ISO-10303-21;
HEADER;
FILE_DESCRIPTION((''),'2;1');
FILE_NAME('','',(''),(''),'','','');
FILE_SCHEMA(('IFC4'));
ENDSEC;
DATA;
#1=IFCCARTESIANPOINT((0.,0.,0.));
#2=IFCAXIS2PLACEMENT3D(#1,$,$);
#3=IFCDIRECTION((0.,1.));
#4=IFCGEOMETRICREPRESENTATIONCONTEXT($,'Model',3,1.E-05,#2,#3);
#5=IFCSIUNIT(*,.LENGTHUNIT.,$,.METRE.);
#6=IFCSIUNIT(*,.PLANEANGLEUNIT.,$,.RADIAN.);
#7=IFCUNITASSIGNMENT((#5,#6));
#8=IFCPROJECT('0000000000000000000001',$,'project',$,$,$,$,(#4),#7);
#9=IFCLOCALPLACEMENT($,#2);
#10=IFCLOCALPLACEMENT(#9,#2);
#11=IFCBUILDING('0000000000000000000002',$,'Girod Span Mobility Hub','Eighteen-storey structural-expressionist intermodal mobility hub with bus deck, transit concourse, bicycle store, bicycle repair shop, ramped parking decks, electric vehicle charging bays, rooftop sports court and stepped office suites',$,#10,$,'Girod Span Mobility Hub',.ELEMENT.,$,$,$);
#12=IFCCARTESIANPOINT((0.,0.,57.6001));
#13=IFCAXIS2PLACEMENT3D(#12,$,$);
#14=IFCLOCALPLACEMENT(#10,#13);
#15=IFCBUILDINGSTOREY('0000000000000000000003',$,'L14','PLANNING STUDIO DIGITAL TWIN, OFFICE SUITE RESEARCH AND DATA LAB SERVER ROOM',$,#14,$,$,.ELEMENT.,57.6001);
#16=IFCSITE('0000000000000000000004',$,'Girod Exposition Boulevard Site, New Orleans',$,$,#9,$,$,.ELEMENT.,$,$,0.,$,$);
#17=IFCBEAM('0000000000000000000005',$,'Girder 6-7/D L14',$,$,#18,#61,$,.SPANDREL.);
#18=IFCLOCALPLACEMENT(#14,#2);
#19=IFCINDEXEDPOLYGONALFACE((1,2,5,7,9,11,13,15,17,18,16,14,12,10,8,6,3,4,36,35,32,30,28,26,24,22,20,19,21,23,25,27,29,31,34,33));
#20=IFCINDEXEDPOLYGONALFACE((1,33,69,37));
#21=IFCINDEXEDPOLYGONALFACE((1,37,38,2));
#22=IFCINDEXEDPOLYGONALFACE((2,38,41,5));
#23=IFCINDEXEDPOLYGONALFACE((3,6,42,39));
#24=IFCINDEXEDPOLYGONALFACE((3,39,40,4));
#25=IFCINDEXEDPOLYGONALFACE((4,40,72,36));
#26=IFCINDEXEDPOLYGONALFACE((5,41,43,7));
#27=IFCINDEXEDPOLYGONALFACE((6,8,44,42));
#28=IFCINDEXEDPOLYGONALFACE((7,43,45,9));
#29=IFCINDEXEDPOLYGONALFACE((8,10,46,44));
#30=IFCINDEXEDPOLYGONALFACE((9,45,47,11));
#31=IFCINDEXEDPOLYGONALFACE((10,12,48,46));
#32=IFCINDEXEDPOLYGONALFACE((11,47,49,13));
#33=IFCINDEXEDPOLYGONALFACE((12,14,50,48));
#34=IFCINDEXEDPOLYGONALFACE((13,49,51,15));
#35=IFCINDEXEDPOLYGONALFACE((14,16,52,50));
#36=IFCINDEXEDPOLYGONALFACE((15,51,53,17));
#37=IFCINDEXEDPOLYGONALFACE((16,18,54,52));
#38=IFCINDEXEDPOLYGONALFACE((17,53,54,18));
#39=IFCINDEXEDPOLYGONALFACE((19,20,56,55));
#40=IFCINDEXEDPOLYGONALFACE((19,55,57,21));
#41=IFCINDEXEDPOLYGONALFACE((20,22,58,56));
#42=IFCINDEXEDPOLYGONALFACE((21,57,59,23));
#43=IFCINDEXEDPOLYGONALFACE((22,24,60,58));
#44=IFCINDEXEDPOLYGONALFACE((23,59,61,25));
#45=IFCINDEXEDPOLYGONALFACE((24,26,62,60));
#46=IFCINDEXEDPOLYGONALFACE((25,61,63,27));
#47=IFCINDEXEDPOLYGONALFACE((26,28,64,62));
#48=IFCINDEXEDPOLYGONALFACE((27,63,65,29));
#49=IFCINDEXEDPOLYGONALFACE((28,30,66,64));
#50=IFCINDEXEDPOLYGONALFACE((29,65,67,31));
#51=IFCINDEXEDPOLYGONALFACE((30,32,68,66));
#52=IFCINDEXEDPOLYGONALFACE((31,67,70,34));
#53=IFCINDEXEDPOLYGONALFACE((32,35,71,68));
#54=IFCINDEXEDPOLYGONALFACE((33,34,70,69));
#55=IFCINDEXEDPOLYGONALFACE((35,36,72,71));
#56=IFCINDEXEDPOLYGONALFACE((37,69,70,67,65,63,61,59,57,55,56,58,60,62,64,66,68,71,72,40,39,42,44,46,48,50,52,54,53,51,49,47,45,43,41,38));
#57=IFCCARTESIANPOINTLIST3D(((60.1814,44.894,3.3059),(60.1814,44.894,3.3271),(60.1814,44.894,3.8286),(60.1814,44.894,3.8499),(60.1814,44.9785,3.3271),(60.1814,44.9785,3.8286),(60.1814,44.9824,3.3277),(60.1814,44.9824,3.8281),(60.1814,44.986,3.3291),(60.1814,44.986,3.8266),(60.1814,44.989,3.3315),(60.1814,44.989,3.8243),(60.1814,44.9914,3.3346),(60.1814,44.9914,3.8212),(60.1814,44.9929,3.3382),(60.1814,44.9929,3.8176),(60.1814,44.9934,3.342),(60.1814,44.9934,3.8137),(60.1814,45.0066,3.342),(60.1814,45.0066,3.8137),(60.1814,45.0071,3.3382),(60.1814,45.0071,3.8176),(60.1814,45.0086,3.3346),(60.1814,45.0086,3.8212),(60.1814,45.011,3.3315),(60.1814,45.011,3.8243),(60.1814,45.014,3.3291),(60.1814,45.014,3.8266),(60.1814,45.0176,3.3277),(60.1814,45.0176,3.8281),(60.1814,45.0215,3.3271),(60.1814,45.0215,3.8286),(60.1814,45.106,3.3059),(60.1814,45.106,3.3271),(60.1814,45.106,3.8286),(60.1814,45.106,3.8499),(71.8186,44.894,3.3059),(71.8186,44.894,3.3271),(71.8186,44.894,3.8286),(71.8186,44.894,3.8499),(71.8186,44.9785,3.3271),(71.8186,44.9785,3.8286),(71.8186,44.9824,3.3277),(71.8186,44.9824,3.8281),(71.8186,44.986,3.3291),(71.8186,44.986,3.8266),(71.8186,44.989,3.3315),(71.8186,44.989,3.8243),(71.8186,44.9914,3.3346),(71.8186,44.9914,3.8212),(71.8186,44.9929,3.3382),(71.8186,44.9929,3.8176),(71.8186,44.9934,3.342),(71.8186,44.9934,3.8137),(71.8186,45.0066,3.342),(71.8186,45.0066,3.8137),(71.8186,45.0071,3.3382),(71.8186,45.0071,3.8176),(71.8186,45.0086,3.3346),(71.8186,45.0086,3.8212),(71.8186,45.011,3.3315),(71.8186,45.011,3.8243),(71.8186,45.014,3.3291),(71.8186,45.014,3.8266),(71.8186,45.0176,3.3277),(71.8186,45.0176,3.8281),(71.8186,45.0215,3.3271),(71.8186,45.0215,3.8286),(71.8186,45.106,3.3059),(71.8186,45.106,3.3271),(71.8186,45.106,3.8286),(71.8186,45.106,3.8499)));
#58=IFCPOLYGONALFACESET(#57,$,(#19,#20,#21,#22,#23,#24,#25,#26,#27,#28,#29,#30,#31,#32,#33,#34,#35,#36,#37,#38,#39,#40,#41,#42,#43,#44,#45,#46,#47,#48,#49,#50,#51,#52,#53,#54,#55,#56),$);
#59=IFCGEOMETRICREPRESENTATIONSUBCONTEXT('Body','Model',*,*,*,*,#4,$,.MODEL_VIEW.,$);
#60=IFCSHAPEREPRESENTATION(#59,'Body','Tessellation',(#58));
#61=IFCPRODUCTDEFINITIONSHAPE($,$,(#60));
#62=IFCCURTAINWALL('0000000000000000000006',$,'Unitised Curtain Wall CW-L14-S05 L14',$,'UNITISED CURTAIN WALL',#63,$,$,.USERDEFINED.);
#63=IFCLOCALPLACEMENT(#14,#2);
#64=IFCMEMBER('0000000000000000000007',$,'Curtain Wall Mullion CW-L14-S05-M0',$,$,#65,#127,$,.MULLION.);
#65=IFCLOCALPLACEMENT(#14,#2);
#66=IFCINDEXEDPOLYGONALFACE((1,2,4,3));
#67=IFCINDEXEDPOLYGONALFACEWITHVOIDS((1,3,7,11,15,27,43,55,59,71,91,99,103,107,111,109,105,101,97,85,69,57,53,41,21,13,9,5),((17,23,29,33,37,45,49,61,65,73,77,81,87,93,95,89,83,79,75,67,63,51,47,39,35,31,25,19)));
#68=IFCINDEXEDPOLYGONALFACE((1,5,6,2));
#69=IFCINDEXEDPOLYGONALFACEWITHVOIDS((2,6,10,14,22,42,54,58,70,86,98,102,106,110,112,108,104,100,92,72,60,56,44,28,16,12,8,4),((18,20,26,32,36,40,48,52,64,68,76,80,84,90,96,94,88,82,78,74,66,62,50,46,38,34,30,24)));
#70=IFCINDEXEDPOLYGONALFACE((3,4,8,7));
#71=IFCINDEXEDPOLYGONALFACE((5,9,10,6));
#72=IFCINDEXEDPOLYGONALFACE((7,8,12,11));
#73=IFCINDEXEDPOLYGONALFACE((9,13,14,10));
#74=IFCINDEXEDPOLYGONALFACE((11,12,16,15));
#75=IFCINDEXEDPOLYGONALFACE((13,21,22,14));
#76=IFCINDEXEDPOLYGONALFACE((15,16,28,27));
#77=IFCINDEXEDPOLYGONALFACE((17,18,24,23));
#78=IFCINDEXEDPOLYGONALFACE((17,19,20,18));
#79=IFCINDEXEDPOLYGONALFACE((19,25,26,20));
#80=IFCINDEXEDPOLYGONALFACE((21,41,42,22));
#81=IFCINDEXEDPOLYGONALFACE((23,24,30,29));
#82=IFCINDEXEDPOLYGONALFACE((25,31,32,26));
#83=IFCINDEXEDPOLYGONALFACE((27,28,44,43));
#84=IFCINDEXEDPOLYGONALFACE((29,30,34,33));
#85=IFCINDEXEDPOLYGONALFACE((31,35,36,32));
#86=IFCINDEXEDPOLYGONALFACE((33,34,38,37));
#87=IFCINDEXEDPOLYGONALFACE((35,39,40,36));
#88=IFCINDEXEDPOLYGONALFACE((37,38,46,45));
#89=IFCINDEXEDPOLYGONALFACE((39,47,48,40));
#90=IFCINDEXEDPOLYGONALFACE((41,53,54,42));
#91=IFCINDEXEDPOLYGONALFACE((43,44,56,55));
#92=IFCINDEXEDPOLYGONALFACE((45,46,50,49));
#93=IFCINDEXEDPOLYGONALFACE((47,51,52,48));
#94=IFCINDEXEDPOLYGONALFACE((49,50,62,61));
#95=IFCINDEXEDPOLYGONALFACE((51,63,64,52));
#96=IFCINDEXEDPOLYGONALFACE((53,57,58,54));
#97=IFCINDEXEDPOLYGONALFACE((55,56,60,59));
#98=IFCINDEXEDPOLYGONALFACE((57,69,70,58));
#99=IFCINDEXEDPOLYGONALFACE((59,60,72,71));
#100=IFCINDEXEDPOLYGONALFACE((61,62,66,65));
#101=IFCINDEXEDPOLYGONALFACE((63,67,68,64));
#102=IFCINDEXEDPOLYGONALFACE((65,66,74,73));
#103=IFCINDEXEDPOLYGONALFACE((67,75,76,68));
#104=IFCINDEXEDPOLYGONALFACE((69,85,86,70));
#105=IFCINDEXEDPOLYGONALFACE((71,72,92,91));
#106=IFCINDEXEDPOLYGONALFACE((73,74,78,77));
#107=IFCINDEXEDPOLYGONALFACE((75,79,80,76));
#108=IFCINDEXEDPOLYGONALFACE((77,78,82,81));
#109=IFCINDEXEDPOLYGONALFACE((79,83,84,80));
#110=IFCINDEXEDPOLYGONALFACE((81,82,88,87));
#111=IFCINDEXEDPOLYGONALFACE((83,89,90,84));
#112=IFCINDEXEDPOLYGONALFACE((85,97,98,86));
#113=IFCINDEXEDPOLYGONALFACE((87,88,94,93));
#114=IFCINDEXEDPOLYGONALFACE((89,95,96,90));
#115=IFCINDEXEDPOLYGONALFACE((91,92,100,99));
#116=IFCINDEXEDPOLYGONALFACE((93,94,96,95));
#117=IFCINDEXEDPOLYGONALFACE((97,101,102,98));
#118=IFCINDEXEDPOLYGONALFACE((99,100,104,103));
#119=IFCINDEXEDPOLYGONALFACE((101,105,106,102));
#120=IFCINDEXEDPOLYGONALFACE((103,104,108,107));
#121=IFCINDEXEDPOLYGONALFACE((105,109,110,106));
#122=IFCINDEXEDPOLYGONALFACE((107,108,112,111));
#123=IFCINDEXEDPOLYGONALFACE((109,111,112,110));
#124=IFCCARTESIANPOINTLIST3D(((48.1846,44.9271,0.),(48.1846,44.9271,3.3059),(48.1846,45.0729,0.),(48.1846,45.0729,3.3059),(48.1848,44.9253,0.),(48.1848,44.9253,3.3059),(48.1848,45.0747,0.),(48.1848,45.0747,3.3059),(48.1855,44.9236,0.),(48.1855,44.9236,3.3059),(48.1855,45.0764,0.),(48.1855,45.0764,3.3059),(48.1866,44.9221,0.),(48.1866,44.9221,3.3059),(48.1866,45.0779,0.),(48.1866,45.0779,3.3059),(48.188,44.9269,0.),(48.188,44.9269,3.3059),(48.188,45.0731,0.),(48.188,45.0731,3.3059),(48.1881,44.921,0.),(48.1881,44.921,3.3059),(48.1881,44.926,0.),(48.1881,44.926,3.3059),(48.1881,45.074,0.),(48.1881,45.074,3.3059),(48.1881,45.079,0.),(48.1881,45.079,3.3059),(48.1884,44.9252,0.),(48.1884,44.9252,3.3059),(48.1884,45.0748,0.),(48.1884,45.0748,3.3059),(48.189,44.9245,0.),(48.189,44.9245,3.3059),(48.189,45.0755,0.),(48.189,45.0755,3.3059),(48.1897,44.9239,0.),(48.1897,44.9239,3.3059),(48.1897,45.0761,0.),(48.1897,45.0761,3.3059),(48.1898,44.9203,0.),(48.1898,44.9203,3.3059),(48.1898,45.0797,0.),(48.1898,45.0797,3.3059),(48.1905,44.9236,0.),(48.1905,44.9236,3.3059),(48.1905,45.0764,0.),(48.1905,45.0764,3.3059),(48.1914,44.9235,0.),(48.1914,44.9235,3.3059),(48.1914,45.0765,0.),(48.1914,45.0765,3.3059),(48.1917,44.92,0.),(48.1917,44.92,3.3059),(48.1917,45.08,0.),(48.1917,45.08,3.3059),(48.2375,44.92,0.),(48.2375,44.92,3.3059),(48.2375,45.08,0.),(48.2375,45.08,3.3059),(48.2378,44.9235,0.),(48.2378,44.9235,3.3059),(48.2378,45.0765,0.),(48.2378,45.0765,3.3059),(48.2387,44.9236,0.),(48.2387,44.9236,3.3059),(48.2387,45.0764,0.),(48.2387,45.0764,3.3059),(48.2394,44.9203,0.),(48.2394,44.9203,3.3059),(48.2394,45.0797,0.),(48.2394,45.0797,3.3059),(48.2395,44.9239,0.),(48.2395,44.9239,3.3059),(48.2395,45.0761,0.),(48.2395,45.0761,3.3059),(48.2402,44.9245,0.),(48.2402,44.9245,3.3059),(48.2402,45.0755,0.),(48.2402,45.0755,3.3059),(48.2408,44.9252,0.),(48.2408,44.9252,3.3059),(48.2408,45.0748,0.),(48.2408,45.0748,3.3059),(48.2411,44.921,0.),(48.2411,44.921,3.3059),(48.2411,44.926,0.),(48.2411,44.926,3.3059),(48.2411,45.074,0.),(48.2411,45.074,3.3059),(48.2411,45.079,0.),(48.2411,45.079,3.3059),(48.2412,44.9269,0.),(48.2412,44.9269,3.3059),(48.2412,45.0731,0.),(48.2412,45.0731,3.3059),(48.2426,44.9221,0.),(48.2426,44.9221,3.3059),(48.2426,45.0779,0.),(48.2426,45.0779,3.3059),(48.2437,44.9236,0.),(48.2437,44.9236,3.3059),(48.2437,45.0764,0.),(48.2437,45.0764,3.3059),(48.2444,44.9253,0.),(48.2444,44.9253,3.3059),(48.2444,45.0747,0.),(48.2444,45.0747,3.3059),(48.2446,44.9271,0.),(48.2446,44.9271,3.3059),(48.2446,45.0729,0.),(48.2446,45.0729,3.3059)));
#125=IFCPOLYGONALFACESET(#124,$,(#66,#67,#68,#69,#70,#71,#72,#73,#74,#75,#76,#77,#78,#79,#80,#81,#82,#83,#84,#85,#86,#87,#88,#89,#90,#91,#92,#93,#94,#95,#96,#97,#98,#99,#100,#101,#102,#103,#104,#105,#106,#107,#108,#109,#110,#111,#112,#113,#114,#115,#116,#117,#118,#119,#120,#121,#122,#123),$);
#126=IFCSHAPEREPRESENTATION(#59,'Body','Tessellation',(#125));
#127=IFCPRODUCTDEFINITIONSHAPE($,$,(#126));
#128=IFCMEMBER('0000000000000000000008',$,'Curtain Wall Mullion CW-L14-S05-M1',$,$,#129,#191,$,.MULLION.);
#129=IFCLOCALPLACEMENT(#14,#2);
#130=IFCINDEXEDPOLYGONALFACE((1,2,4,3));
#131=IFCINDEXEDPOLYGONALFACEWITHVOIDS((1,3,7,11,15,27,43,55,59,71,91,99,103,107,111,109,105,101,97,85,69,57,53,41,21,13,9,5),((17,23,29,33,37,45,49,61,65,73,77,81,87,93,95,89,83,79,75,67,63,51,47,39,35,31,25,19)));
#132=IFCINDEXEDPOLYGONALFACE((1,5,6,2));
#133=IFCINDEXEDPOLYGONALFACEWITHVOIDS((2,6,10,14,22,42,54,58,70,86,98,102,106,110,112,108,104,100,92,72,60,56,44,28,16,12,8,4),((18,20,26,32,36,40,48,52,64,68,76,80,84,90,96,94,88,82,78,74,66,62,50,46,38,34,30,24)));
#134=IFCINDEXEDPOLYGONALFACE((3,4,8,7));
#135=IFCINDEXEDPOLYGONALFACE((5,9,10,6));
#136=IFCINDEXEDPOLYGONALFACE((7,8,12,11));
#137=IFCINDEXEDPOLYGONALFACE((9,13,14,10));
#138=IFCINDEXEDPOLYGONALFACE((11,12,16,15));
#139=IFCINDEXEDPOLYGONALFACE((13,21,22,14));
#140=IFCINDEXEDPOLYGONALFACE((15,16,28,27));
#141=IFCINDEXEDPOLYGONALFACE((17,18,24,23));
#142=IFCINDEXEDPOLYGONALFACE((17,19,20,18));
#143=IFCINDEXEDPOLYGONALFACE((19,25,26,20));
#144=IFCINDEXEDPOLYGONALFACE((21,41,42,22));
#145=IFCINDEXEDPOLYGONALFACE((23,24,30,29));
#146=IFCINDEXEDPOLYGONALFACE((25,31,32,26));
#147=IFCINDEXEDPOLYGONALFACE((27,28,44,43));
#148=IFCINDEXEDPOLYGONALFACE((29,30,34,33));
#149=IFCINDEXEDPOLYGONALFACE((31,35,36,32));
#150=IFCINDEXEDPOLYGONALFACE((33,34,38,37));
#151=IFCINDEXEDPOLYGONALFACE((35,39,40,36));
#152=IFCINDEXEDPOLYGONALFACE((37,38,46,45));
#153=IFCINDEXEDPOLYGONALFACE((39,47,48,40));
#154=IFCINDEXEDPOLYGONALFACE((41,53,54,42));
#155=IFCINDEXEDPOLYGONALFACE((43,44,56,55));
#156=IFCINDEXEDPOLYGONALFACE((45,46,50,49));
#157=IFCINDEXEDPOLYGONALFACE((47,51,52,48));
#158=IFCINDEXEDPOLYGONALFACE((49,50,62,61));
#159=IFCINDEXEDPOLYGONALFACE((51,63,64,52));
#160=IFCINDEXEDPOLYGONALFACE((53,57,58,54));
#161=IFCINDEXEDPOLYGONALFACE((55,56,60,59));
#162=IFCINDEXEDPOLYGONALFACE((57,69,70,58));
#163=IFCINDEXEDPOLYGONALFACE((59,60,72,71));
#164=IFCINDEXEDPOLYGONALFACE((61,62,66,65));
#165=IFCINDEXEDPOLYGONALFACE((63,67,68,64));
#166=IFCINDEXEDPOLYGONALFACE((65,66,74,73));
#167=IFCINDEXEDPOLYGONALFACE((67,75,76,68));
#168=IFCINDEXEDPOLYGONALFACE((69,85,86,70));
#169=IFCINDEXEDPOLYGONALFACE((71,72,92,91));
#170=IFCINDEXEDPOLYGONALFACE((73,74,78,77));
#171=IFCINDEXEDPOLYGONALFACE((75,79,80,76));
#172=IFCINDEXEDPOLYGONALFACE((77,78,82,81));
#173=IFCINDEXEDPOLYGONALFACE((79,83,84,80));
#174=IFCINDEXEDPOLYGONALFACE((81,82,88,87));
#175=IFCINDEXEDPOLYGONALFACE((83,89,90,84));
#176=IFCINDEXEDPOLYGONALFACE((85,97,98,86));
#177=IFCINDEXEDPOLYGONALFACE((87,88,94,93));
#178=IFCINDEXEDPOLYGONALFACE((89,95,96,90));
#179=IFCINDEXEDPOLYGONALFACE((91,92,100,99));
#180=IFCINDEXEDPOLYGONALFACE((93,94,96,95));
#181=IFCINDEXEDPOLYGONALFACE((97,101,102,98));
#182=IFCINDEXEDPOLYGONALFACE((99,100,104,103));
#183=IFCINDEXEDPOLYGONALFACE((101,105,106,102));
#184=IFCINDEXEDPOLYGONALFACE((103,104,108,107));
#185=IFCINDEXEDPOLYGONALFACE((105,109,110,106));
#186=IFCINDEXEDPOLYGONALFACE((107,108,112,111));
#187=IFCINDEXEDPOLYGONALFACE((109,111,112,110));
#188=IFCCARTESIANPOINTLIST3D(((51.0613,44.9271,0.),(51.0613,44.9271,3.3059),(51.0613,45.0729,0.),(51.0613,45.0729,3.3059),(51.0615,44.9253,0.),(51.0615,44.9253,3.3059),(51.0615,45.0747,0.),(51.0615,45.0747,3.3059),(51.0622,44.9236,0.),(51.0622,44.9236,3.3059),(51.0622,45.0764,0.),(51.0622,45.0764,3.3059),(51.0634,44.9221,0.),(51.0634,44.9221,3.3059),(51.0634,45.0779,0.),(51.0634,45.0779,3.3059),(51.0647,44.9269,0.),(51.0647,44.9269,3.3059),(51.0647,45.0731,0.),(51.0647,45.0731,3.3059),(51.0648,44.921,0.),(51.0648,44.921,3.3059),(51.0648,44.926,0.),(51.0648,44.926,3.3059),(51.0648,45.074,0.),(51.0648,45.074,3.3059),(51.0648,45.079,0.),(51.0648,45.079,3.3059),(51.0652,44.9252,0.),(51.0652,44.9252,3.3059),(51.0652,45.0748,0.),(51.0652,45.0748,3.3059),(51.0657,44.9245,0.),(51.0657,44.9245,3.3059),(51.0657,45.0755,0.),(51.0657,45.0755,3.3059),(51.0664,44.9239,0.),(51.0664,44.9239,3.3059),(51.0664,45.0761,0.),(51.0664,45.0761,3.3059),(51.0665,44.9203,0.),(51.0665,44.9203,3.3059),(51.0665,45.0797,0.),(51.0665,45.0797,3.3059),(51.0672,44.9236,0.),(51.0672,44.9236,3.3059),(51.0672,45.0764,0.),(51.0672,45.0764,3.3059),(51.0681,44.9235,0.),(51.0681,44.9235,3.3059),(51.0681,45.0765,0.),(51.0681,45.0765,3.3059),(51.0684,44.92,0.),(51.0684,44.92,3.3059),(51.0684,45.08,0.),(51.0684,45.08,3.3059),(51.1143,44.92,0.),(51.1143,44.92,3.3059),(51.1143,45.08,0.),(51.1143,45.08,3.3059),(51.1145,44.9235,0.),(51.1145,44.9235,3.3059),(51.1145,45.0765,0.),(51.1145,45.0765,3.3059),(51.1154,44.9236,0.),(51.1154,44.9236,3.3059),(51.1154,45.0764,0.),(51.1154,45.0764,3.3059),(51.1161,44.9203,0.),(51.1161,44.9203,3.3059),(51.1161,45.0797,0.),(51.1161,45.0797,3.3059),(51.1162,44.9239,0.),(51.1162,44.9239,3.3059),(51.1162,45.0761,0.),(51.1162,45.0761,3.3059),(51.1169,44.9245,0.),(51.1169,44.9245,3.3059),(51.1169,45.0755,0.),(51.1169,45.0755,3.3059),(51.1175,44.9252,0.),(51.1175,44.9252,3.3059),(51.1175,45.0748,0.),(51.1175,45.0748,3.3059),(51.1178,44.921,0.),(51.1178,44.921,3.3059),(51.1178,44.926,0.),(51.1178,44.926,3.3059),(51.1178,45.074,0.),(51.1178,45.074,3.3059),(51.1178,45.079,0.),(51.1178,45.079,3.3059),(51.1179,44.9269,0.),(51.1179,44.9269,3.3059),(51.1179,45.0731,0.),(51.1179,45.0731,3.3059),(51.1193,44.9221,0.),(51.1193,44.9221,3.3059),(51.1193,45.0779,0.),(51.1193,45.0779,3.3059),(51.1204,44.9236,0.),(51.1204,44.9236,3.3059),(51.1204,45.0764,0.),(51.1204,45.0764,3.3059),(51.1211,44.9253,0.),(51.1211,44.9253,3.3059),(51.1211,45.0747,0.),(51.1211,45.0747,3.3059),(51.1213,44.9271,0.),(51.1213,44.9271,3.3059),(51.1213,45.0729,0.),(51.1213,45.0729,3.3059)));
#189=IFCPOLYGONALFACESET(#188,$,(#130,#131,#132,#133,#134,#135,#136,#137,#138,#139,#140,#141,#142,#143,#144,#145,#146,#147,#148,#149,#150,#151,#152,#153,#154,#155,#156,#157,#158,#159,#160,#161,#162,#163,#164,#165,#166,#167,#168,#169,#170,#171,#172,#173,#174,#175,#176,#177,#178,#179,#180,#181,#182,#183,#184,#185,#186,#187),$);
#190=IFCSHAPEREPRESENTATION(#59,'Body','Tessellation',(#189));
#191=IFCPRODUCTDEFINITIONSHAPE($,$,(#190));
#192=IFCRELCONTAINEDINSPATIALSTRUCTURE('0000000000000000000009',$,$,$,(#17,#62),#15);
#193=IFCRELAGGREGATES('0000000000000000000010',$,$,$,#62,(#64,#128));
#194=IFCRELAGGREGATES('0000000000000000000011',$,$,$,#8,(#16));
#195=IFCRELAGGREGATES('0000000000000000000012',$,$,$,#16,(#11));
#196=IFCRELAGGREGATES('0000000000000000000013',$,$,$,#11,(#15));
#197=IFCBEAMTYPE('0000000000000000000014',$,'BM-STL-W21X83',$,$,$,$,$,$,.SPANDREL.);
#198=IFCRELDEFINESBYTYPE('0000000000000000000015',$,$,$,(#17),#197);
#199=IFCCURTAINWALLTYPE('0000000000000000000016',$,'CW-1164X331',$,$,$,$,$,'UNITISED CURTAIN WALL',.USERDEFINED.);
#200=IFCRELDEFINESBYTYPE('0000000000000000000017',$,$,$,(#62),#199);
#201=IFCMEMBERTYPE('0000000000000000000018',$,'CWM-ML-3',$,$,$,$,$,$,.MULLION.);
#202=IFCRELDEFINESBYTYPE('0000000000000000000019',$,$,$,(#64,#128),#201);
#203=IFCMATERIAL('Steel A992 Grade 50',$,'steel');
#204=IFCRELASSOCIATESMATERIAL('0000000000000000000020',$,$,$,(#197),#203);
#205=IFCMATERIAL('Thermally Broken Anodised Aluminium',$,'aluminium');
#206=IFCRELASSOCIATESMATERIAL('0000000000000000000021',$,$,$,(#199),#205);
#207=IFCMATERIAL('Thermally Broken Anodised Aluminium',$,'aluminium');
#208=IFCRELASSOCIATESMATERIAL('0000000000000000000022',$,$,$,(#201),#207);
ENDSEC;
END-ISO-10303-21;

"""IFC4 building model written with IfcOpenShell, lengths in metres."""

from ifc_helpers import new_model, si_unit, direction, frame, origin, origin_2d, place, context, subcontext, project, spatial, hollow_rectangle, i_section, extrude, material, material_profile, profile_set, type_object, element, aggregate, save


model = new_model("IFC4")

# Units and contexts
model_context = context("Model", 3, precision=1e-05, world=origin(), true_north=direction((0.0, 1.0)))
body_context = subcontext(model_context, "Body", "Model", "MODEL_VIEW")
ifc_project = project(units=[si_unit("LENGTHUNIT", "METRE"), si_unit("PLANEANGLEUNIT", "RADIAN")], contexts=[model_context])

# Site, building, storey
site_placement = place(None, origin())
site = spatial("IfcSite", under=ifc_project, at=site_placement, Name="Girod Exposition Boulevard Site, New Orleans", CompositionType="ELEMENT", RefElevation=0.0)
building_placement = place(site_placement, origin())
building = spatial("IfcBuilding", under=site, at=building_placement, Name="Girod Span Mobility Hub", Description="Eighteen-storey structural-expressionist intermodal mobility hub with bus deck, transit concourse, bicycle store, bicycle repair shop, ramped parking decks, electric vehicle charging bays, rooftop sports court and stepped office suites", LongName="Girod Span Mobility Hub", CompositionType="ELEMENT")
storey_placement = place(building_placement, frame((0.0, 0.0, 57.6001)))
storey = spatial("IfcBuildingStorey", under=building, at=storey_placement, Name="L14", Description="PLANNING STUDIO DIGITAL TWIN, OFFICE SUITE RESEARCH AND DATA LAB SERVER ROOM", CompositionType="ELEMENT", Elevation=57.6001)

# Beam
ifc_material_1 = material(Name="Steel A992 Grade 50", Category="steel")
ifc_material_profile_1 = material_profile(ifc_material_1, i_section(OverallWidth=0.2119, OverallDepth=0.5439, WebThickness=0.0132, FlangeThickness=0.0212, FilletRadius=0.0149, at=origin_2d()), Name="W21X83")
ifc_profile_set_1 = profile_set([ifc_material_profile_1], Name="Steel A992 Grade 50")
beam_type_1 = type_object("IfcBeamType", Name="BM-STL-W21X83", PredefinedType="SPANDREL", material=ifc_profile_set_1)
beam_1_placement = place(storey_placement, frame((60.1814, 45.0, 3.5779), z_axis=(1.0, 0.0, 0.0), x_axis=(0.0, 1.0, 0.0)))
element("IfcBeam", 1, at=beam_1_placement, inside=storey, type_object=beam_type_1, Name="Girder 6-7/D L14", PredefinedType="SPANDREL", context=body_context, shape_type="SweptSolid", body=[
    extrude(i_section(OverallWidth=0.2119, OverallDepth=0.5439, WebThickness=0.0132, FlangeThickness=0.0212, FilletRadius=0.0149, at=origin_2d()), origin(), (0.0, 0.0, 1.0), 11.6372),
])

# Curtain wall, members
ifc_material_2 = material(Name="Thermally Broken Anodised Aluminium", Category="aluminium")
curtain_wall_type = type_object("IfcCurtainWallType", Name="CW-1164X331", ElementType="UNITISED CURTAIN WALL", PredefinedType="USERDEFINED", material=ifc_material_2)
curtain_wall_1_placement = place(storey_placement, origin())
curtain_wall_1 = element("IfcCurtainWall", 2, at=curtain_wall_1_placement, inside=storey, type_object=curtain_wall_type, Name="Unitised Curtain Wall CW-L14-S05 L14", ObjectType="UNITISED CURTAIN WALL", PredefinedType="USERDEFINED")
ifc_material_3 = material(Name="Thermally Broken Anodised Aluminium", Category="aluminium")
ifc_material_profile_2 = material_profile(ifc_material_3, hollow_rectangle(XDim=0.1599, YDim=0.0601, WallThickness=0.0034, InnerFilletRadius=0.0034, OuterFilletRadius=0.0071, at=origin_2d()), Name="CW-ML-60X160")
ifc_profile_set_2 = profile_set([ifc_material_profile_2], Name="Thermally Broken Anodised Aluminium")
member_type_1 = type_object("IfcMemberType", Name="CWM-ML-3", PredefinedType="MULLION", material=ifc_profile_set_2)
member_1_placement = place(storey_placement, frame((48.2146, 45.0, 0.0), z_axis=(0.0, 0.0, 1.0), x_axis=(0.0, 1.0, 0.0)))
member_1 = element("IfcMember", 3, at=member_1_placement, type_object=member_type_1, Name="Curtain Wall Mullion CW-L14-S05-M0", PredefinedType="MULLION", context=body_context, shape_type="SweptSolid", body=[
    extrude(hollow_rectangle(XDim=0.1599, YDim=0.0601, WallThickness=0.0034, InnerFilletRadius=0.0034, OuterFilletRadius=0.0071, at=origin_2d()), origin(), (0.0, 0.0, 1.0), 3.3059),
])
member_2_placement = place(storey_placement, frame((51.0913, 45.0, 0.0), z_axis=(0.0, 0.0, 1.0), x_axis=(0.0, 1.0, 0.0)))
member_2 = element("IfcMember", 4, at=member_2_placement, type_object=member_type_1, Name="Curtain Wall Mullion CW-L14-S05-M1", PredefinedType="MULLION", context=body_context, shape_type="SweptSolid", body=[
    extrude(hollow_rectangle(XDim=0.1599, YDim=0.0601, WallThickness=0.0034, InnerFilletRadius=0.0034, OuterFilletRadius=0.0071, at=origin_2d()), origin(), (0.0, 0.0, 1.0), 3.3059),
])

aggregate(curtain_wall_1, [member_1, member_2])

save(model, "model.ifc")
